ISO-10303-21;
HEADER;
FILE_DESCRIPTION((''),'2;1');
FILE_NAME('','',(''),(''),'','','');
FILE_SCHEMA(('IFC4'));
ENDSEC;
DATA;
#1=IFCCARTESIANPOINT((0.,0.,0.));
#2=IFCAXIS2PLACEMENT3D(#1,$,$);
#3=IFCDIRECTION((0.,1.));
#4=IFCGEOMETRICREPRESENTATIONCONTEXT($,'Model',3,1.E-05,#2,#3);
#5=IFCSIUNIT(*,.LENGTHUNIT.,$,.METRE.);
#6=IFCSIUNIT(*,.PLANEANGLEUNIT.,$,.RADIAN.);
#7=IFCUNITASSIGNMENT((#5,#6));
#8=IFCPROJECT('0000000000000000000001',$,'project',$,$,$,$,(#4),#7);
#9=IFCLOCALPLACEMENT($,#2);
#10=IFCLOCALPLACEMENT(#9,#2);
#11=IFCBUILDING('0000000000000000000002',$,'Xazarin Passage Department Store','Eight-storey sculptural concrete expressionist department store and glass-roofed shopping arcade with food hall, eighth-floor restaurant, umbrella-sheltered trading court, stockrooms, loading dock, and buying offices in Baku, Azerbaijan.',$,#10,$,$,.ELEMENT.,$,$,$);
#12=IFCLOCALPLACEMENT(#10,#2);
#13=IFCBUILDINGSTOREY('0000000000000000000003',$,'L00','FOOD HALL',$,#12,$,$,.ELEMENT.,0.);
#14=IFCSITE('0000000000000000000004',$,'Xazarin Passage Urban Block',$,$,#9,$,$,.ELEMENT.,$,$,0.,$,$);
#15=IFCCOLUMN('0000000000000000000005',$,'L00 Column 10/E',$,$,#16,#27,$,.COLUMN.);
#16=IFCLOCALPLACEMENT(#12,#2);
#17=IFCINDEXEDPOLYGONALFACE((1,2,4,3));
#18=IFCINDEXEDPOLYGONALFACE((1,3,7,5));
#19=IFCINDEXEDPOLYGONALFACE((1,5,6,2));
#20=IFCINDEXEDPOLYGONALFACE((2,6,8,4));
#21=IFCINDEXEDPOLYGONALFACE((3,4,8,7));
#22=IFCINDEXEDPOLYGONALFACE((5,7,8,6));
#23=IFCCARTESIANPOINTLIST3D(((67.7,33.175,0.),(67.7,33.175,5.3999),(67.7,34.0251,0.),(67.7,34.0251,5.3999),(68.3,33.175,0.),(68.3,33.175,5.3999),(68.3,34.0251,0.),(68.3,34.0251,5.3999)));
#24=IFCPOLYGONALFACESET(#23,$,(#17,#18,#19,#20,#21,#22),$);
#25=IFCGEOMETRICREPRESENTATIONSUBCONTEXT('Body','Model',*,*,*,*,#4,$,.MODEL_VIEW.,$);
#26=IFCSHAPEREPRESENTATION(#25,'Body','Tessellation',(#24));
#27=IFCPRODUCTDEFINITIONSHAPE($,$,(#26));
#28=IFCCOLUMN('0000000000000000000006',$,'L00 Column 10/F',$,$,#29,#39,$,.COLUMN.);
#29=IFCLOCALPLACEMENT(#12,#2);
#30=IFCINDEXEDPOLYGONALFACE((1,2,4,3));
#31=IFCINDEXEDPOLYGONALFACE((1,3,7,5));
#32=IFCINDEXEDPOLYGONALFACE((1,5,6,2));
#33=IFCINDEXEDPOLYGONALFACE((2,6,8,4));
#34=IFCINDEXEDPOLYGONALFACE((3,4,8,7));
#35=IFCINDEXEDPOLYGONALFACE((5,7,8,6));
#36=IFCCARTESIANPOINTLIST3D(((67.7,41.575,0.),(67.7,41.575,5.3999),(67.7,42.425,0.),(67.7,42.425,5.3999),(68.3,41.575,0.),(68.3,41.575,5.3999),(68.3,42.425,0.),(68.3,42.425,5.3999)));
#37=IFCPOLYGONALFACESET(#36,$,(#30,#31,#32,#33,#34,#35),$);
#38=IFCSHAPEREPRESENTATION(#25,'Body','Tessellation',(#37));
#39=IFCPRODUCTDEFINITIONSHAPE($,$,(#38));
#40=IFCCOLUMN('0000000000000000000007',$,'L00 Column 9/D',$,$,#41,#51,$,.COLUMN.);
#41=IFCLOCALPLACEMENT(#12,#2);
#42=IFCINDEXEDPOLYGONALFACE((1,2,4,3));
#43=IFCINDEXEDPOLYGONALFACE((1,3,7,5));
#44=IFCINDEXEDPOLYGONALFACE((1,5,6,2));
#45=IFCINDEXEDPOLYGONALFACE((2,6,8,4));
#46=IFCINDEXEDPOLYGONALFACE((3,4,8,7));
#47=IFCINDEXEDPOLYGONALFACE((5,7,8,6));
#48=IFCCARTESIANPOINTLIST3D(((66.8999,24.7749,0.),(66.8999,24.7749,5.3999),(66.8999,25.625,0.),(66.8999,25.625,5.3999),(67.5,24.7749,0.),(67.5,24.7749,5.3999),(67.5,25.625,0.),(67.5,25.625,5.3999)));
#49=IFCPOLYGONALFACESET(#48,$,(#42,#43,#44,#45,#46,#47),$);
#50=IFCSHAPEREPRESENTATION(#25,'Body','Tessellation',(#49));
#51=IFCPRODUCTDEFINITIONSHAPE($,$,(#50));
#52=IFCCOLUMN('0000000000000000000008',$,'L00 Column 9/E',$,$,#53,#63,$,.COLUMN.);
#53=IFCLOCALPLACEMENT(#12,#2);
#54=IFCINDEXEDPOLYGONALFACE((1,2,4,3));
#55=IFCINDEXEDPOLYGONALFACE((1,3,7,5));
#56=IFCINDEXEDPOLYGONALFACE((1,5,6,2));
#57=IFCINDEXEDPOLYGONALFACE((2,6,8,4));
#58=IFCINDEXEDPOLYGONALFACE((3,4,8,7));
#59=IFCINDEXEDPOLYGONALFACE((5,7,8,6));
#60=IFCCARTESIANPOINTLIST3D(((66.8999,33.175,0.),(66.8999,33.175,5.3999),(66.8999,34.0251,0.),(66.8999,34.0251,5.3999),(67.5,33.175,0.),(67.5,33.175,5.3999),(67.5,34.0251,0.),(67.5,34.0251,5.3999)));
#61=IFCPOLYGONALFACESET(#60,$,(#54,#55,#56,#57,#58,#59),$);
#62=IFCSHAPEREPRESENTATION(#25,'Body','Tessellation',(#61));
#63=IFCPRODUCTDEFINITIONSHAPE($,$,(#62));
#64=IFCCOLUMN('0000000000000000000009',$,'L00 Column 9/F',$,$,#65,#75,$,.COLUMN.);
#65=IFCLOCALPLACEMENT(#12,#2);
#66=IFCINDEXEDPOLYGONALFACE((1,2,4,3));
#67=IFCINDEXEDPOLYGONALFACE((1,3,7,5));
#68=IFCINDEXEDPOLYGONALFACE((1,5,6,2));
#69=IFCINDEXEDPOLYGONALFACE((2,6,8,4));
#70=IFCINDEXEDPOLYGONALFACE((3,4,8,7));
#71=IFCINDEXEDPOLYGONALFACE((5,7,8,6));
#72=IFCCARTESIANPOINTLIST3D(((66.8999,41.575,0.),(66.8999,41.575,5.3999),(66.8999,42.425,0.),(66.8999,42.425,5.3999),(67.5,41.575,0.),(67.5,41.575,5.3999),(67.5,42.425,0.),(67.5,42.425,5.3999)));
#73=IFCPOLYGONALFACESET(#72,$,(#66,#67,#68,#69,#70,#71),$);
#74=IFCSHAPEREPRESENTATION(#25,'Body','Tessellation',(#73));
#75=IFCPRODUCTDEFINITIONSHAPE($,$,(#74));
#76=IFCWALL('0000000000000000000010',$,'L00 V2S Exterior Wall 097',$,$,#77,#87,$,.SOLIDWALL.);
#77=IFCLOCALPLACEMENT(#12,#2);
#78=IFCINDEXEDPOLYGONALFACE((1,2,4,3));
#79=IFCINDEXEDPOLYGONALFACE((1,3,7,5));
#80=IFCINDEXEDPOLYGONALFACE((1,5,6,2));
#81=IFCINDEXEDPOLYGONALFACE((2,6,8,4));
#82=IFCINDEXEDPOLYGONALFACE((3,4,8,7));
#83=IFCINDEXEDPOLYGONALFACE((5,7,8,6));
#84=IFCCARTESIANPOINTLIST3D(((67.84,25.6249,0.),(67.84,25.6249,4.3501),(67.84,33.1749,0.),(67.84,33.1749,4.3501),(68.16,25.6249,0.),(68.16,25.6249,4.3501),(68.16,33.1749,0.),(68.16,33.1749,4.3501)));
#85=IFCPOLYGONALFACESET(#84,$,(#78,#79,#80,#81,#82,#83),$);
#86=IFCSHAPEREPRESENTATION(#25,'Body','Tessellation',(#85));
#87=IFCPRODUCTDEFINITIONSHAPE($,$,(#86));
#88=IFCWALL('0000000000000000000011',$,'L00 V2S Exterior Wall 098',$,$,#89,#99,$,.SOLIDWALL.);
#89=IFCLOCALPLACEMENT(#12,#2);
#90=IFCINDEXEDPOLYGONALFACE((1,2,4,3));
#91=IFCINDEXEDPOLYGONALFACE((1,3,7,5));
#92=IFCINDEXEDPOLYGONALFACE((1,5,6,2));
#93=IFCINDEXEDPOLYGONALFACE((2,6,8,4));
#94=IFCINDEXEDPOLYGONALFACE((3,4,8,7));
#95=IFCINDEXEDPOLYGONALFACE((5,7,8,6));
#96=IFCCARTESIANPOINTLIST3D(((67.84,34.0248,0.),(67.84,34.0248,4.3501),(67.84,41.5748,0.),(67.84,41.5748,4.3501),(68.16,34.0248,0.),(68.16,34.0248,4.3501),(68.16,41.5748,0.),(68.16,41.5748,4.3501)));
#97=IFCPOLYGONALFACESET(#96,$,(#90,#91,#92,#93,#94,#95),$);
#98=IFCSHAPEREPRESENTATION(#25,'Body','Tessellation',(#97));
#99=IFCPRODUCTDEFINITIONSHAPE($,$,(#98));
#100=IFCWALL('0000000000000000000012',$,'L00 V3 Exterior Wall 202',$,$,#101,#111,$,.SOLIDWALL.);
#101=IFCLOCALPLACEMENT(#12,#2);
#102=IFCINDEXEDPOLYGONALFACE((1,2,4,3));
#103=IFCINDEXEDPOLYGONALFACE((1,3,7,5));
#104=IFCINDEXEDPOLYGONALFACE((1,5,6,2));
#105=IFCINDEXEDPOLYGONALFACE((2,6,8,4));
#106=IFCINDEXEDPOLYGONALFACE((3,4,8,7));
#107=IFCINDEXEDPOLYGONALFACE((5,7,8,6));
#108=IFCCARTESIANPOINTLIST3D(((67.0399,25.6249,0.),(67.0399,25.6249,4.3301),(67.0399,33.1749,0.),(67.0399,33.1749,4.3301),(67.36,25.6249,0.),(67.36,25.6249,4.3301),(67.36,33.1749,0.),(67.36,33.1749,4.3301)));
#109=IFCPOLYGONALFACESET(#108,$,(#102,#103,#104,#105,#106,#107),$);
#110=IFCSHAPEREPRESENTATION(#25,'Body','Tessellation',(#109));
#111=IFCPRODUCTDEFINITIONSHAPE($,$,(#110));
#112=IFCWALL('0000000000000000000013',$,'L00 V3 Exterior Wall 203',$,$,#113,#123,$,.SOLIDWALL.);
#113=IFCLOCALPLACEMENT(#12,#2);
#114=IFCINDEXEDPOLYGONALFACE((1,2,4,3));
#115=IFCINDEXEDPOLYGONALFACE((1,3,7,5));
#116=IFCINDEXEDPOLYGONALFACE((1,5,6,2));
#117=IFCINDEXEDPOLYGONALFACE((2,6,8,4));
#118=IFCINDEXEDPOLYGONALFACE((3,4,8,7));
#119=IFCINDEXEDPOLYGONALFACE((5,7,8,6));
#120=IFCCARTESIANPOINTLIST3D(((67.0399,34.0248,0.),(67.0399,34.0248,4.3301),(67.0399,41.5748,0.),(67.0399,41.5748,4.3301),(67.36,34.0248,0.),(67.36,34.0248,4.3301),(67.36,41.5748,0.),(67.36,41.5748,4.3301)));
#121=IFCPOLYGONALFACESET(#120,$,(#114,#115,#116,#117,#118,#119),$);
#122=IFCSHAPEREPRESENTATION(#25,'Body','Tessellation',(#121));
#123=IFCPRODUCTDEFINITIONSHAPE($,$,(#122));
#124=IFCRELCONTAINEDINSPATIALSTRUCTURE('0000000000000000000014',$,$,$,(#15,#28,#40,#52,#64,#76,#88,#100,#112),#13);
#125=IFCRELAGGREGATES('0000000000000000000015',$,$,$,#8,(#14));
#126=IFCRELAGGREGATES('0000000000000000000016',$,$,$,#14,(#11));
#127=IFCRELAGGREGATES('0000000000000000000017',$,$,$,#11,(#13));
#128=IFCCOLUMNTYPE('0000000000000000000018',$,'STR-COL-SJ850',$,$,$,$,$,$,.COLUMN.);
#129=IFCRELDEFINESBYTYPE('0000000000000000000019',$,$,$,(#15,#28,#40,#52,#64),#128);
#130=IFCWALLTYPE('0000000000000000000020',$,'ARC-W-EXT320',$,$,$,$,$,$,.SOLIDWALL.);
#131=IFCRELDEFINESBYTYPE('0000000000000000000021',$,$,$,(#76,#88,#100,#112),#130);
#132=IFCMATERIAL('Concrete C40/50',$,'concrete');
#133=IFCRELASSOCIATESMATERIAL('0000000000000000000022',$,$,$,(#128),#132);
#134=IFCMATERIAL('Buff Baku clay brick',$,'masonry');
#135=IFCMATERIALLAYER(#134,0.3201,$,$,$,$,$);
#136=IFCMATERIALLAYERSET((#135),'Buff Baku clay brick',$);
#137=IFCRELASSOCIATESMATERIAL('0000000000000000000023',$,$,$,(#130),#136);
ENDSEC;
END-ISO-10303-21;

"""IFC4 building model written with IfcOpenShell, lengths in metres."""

from ifc_helpers import new_model, si_unit, direction, frame, frame_2d, origin, origin_2d, place, context, subcontext, project, spatial, rectangle, extrude, material, layer, layer_set, material_profile, profile_set, type_object, element, save


model = new_model("IFC4")

# Units and contexts
model_context = context("Model", 3, precision=1e-05, world=origin(), true_north=direction((0.0, 1.0)))
body_context = subcontext(model_context, "Body", "Model", "MODEL_VIEW")
ifc_project = project(units=[si_unit("LENGTHUNIT", "METRE"), si_unit("PLANEANGLEUNIT", "RADIAN")], contexts=[model_context])

# Site, building, storey
site_placement = place(None, origin())
site = spatial("IfcSite", under=ifc_project, at=site_placement, Name="Xazarin Passage Urban Block", CompositionType="ELEMENT", RefElevation=0.0)
building_placement = place(site_placement, origin())
building = spatial("IfcBuilding", under=site, at=building_placement, Name="Xazarin Passage Department Store", Description="Eight-storey sculptural concrete expressionist department store and glass-roofed shopping arcade with food hall, eighth-floor restaurant, umbrella-sheltered trading court, stockrooms, loading dock, and buying offices in Baku, Azerbaijan.", CompositionType="ELEMENT")
storey_placement = place(building_placement, origin())
storey = spatial("IfcBuildingStorey", under=building, at=storey_placement, Name="L00", Description="FOOD HALL", CompositionType="ELEMENT", Elevation=0.0)

# Columns
ifc_material_1 = material(Name="Concrete C40/50", Category="concrete")
ifc_material_profile_1 = material_profile(ifc_material_1, rectangle(XDim=0.6001, YDim=0.8501, at=origin_2d()), Name="RC 600x850")
ifc_profile_set_1 = profile_set([ifc_material_profile_1], Name="Concrete C40/50")
column_type = type_object("IfcColumnType", Name="STR-COL-SJ850", PredefinedType="COLUMN", material=ifc_profile_set_1)
for number, where, z_axis, x_axis, name in (
    (1, (68.0, 33.6001, 0.0), (0.0, 0.0, 1.0), (1.0, 0.0, 0.0), "L00 Column 10/E"),
    (2, (68.0, 42.0, 0.0), (0.0, 0.0, 1.0), (1.0, 0.0, 0.0), "L00 Column 10/F"),
    (3, (67.2, 25.2, 0.0), (0.0, 0.0, 1.0), (1.0, 0.0, 0.0), "L00 Column 9/D"),
    (4, (67.2, 33.6001, 0.0), (0.0, 0.0, 1.0), (1.0, 0.0, 0.0), "L00 Column 9/E"),
    (5, (67.2, 42.0, 0.0), (0.0, 0.0, 1.0), (1.0, 0.0, 0.0), "L00 Column 9/F"),
):
    element("IfcColumn", number, at=place(storey_placement, frame(where, z_axis=z_axis, x_axis=x_axis)), inside=storey, type_object=column_type, Name=name, PredefinedType="COLUMN", context=body_context, shape_type="SweptSolid", body=[
        extrude(rectangle(XDim=0.6001, YDim=0.8501, at=origin_2d()), origin(), (0.0, 0.0, 1.0), 5.3999),
    ])

# Walls
ifc_material_2 = material(Name="Buff Baku clay brick", Category="masonry")
ifc_layer = layer(ifc_material_2, 0.3201)
ifc_layer_set = layer_set([ifc_layer], Name="Buff Baku clay brick")
wall_type = type_object("IfcWallType", Name="ARC-W-EXT320", PredefinedType="SOLIDWALL", material=ifc_layer_set)
for number, where, z_axis, x_axis, name in (
    (6, (68.0, 25.625, 0.0), (0.0, 0.0, 1.0), (0.0, 1.0, 0.0), "L00 V2S Exterior Wall 097"),
    (7, (68.0, 34.0249, 0.0), (0.0, 0.0, 1.0), (0.0, 1.0, 0.0), "L00 V2S Exterior Wall 098"),
):
    element("IfcWall", number, at=place(storey_placement, frame(where, z_axis=z_axis, x_axis=x_axis)), inside=storey, type_object=wall_type, Name=name, PredefinedType="SOLIDWALL", context=body_context, shape_type="SweptSolid", body=[
        extrude(rectangle(XDim=7.55, YDim=0.3201, at=frame_2d((3.7749, 0.0))), origin(), (0.0, 0.0, 1.0), 4.3501),
    ])
for number, where, z_axis, x_axis, name in (
    (8, (67.2, 25.625, 0.0), (0.0, 0.0, 1.0), (0.0, 1.0, 0.0), "L00 V3 Exterior Wall 202"),
    (9, (67.2, 34.0249, 0.0), (0.0, 0.0, 1.0), (0.0, 1.0, 0.0), "L00 V3 Exterior Wall 203"),
):
    element("IfcWall", number, at=place(storey_placement, frame(where, z_axis=z_axis, x_axis=x_axis)), inside=storey, type_object=wall_type, Name=name, PredefinedType="SOLIDWALL", context=body_context, shape_type="SweptSolid", body=[
        extrude(rectangle(XDim=7.55, YDim=0.3201, at=frame_2d((3.7749, 0.0))), origin(), (0.0, 0.0, 1.0), 4.3301),
    ])

save(model, "model.ifc")
